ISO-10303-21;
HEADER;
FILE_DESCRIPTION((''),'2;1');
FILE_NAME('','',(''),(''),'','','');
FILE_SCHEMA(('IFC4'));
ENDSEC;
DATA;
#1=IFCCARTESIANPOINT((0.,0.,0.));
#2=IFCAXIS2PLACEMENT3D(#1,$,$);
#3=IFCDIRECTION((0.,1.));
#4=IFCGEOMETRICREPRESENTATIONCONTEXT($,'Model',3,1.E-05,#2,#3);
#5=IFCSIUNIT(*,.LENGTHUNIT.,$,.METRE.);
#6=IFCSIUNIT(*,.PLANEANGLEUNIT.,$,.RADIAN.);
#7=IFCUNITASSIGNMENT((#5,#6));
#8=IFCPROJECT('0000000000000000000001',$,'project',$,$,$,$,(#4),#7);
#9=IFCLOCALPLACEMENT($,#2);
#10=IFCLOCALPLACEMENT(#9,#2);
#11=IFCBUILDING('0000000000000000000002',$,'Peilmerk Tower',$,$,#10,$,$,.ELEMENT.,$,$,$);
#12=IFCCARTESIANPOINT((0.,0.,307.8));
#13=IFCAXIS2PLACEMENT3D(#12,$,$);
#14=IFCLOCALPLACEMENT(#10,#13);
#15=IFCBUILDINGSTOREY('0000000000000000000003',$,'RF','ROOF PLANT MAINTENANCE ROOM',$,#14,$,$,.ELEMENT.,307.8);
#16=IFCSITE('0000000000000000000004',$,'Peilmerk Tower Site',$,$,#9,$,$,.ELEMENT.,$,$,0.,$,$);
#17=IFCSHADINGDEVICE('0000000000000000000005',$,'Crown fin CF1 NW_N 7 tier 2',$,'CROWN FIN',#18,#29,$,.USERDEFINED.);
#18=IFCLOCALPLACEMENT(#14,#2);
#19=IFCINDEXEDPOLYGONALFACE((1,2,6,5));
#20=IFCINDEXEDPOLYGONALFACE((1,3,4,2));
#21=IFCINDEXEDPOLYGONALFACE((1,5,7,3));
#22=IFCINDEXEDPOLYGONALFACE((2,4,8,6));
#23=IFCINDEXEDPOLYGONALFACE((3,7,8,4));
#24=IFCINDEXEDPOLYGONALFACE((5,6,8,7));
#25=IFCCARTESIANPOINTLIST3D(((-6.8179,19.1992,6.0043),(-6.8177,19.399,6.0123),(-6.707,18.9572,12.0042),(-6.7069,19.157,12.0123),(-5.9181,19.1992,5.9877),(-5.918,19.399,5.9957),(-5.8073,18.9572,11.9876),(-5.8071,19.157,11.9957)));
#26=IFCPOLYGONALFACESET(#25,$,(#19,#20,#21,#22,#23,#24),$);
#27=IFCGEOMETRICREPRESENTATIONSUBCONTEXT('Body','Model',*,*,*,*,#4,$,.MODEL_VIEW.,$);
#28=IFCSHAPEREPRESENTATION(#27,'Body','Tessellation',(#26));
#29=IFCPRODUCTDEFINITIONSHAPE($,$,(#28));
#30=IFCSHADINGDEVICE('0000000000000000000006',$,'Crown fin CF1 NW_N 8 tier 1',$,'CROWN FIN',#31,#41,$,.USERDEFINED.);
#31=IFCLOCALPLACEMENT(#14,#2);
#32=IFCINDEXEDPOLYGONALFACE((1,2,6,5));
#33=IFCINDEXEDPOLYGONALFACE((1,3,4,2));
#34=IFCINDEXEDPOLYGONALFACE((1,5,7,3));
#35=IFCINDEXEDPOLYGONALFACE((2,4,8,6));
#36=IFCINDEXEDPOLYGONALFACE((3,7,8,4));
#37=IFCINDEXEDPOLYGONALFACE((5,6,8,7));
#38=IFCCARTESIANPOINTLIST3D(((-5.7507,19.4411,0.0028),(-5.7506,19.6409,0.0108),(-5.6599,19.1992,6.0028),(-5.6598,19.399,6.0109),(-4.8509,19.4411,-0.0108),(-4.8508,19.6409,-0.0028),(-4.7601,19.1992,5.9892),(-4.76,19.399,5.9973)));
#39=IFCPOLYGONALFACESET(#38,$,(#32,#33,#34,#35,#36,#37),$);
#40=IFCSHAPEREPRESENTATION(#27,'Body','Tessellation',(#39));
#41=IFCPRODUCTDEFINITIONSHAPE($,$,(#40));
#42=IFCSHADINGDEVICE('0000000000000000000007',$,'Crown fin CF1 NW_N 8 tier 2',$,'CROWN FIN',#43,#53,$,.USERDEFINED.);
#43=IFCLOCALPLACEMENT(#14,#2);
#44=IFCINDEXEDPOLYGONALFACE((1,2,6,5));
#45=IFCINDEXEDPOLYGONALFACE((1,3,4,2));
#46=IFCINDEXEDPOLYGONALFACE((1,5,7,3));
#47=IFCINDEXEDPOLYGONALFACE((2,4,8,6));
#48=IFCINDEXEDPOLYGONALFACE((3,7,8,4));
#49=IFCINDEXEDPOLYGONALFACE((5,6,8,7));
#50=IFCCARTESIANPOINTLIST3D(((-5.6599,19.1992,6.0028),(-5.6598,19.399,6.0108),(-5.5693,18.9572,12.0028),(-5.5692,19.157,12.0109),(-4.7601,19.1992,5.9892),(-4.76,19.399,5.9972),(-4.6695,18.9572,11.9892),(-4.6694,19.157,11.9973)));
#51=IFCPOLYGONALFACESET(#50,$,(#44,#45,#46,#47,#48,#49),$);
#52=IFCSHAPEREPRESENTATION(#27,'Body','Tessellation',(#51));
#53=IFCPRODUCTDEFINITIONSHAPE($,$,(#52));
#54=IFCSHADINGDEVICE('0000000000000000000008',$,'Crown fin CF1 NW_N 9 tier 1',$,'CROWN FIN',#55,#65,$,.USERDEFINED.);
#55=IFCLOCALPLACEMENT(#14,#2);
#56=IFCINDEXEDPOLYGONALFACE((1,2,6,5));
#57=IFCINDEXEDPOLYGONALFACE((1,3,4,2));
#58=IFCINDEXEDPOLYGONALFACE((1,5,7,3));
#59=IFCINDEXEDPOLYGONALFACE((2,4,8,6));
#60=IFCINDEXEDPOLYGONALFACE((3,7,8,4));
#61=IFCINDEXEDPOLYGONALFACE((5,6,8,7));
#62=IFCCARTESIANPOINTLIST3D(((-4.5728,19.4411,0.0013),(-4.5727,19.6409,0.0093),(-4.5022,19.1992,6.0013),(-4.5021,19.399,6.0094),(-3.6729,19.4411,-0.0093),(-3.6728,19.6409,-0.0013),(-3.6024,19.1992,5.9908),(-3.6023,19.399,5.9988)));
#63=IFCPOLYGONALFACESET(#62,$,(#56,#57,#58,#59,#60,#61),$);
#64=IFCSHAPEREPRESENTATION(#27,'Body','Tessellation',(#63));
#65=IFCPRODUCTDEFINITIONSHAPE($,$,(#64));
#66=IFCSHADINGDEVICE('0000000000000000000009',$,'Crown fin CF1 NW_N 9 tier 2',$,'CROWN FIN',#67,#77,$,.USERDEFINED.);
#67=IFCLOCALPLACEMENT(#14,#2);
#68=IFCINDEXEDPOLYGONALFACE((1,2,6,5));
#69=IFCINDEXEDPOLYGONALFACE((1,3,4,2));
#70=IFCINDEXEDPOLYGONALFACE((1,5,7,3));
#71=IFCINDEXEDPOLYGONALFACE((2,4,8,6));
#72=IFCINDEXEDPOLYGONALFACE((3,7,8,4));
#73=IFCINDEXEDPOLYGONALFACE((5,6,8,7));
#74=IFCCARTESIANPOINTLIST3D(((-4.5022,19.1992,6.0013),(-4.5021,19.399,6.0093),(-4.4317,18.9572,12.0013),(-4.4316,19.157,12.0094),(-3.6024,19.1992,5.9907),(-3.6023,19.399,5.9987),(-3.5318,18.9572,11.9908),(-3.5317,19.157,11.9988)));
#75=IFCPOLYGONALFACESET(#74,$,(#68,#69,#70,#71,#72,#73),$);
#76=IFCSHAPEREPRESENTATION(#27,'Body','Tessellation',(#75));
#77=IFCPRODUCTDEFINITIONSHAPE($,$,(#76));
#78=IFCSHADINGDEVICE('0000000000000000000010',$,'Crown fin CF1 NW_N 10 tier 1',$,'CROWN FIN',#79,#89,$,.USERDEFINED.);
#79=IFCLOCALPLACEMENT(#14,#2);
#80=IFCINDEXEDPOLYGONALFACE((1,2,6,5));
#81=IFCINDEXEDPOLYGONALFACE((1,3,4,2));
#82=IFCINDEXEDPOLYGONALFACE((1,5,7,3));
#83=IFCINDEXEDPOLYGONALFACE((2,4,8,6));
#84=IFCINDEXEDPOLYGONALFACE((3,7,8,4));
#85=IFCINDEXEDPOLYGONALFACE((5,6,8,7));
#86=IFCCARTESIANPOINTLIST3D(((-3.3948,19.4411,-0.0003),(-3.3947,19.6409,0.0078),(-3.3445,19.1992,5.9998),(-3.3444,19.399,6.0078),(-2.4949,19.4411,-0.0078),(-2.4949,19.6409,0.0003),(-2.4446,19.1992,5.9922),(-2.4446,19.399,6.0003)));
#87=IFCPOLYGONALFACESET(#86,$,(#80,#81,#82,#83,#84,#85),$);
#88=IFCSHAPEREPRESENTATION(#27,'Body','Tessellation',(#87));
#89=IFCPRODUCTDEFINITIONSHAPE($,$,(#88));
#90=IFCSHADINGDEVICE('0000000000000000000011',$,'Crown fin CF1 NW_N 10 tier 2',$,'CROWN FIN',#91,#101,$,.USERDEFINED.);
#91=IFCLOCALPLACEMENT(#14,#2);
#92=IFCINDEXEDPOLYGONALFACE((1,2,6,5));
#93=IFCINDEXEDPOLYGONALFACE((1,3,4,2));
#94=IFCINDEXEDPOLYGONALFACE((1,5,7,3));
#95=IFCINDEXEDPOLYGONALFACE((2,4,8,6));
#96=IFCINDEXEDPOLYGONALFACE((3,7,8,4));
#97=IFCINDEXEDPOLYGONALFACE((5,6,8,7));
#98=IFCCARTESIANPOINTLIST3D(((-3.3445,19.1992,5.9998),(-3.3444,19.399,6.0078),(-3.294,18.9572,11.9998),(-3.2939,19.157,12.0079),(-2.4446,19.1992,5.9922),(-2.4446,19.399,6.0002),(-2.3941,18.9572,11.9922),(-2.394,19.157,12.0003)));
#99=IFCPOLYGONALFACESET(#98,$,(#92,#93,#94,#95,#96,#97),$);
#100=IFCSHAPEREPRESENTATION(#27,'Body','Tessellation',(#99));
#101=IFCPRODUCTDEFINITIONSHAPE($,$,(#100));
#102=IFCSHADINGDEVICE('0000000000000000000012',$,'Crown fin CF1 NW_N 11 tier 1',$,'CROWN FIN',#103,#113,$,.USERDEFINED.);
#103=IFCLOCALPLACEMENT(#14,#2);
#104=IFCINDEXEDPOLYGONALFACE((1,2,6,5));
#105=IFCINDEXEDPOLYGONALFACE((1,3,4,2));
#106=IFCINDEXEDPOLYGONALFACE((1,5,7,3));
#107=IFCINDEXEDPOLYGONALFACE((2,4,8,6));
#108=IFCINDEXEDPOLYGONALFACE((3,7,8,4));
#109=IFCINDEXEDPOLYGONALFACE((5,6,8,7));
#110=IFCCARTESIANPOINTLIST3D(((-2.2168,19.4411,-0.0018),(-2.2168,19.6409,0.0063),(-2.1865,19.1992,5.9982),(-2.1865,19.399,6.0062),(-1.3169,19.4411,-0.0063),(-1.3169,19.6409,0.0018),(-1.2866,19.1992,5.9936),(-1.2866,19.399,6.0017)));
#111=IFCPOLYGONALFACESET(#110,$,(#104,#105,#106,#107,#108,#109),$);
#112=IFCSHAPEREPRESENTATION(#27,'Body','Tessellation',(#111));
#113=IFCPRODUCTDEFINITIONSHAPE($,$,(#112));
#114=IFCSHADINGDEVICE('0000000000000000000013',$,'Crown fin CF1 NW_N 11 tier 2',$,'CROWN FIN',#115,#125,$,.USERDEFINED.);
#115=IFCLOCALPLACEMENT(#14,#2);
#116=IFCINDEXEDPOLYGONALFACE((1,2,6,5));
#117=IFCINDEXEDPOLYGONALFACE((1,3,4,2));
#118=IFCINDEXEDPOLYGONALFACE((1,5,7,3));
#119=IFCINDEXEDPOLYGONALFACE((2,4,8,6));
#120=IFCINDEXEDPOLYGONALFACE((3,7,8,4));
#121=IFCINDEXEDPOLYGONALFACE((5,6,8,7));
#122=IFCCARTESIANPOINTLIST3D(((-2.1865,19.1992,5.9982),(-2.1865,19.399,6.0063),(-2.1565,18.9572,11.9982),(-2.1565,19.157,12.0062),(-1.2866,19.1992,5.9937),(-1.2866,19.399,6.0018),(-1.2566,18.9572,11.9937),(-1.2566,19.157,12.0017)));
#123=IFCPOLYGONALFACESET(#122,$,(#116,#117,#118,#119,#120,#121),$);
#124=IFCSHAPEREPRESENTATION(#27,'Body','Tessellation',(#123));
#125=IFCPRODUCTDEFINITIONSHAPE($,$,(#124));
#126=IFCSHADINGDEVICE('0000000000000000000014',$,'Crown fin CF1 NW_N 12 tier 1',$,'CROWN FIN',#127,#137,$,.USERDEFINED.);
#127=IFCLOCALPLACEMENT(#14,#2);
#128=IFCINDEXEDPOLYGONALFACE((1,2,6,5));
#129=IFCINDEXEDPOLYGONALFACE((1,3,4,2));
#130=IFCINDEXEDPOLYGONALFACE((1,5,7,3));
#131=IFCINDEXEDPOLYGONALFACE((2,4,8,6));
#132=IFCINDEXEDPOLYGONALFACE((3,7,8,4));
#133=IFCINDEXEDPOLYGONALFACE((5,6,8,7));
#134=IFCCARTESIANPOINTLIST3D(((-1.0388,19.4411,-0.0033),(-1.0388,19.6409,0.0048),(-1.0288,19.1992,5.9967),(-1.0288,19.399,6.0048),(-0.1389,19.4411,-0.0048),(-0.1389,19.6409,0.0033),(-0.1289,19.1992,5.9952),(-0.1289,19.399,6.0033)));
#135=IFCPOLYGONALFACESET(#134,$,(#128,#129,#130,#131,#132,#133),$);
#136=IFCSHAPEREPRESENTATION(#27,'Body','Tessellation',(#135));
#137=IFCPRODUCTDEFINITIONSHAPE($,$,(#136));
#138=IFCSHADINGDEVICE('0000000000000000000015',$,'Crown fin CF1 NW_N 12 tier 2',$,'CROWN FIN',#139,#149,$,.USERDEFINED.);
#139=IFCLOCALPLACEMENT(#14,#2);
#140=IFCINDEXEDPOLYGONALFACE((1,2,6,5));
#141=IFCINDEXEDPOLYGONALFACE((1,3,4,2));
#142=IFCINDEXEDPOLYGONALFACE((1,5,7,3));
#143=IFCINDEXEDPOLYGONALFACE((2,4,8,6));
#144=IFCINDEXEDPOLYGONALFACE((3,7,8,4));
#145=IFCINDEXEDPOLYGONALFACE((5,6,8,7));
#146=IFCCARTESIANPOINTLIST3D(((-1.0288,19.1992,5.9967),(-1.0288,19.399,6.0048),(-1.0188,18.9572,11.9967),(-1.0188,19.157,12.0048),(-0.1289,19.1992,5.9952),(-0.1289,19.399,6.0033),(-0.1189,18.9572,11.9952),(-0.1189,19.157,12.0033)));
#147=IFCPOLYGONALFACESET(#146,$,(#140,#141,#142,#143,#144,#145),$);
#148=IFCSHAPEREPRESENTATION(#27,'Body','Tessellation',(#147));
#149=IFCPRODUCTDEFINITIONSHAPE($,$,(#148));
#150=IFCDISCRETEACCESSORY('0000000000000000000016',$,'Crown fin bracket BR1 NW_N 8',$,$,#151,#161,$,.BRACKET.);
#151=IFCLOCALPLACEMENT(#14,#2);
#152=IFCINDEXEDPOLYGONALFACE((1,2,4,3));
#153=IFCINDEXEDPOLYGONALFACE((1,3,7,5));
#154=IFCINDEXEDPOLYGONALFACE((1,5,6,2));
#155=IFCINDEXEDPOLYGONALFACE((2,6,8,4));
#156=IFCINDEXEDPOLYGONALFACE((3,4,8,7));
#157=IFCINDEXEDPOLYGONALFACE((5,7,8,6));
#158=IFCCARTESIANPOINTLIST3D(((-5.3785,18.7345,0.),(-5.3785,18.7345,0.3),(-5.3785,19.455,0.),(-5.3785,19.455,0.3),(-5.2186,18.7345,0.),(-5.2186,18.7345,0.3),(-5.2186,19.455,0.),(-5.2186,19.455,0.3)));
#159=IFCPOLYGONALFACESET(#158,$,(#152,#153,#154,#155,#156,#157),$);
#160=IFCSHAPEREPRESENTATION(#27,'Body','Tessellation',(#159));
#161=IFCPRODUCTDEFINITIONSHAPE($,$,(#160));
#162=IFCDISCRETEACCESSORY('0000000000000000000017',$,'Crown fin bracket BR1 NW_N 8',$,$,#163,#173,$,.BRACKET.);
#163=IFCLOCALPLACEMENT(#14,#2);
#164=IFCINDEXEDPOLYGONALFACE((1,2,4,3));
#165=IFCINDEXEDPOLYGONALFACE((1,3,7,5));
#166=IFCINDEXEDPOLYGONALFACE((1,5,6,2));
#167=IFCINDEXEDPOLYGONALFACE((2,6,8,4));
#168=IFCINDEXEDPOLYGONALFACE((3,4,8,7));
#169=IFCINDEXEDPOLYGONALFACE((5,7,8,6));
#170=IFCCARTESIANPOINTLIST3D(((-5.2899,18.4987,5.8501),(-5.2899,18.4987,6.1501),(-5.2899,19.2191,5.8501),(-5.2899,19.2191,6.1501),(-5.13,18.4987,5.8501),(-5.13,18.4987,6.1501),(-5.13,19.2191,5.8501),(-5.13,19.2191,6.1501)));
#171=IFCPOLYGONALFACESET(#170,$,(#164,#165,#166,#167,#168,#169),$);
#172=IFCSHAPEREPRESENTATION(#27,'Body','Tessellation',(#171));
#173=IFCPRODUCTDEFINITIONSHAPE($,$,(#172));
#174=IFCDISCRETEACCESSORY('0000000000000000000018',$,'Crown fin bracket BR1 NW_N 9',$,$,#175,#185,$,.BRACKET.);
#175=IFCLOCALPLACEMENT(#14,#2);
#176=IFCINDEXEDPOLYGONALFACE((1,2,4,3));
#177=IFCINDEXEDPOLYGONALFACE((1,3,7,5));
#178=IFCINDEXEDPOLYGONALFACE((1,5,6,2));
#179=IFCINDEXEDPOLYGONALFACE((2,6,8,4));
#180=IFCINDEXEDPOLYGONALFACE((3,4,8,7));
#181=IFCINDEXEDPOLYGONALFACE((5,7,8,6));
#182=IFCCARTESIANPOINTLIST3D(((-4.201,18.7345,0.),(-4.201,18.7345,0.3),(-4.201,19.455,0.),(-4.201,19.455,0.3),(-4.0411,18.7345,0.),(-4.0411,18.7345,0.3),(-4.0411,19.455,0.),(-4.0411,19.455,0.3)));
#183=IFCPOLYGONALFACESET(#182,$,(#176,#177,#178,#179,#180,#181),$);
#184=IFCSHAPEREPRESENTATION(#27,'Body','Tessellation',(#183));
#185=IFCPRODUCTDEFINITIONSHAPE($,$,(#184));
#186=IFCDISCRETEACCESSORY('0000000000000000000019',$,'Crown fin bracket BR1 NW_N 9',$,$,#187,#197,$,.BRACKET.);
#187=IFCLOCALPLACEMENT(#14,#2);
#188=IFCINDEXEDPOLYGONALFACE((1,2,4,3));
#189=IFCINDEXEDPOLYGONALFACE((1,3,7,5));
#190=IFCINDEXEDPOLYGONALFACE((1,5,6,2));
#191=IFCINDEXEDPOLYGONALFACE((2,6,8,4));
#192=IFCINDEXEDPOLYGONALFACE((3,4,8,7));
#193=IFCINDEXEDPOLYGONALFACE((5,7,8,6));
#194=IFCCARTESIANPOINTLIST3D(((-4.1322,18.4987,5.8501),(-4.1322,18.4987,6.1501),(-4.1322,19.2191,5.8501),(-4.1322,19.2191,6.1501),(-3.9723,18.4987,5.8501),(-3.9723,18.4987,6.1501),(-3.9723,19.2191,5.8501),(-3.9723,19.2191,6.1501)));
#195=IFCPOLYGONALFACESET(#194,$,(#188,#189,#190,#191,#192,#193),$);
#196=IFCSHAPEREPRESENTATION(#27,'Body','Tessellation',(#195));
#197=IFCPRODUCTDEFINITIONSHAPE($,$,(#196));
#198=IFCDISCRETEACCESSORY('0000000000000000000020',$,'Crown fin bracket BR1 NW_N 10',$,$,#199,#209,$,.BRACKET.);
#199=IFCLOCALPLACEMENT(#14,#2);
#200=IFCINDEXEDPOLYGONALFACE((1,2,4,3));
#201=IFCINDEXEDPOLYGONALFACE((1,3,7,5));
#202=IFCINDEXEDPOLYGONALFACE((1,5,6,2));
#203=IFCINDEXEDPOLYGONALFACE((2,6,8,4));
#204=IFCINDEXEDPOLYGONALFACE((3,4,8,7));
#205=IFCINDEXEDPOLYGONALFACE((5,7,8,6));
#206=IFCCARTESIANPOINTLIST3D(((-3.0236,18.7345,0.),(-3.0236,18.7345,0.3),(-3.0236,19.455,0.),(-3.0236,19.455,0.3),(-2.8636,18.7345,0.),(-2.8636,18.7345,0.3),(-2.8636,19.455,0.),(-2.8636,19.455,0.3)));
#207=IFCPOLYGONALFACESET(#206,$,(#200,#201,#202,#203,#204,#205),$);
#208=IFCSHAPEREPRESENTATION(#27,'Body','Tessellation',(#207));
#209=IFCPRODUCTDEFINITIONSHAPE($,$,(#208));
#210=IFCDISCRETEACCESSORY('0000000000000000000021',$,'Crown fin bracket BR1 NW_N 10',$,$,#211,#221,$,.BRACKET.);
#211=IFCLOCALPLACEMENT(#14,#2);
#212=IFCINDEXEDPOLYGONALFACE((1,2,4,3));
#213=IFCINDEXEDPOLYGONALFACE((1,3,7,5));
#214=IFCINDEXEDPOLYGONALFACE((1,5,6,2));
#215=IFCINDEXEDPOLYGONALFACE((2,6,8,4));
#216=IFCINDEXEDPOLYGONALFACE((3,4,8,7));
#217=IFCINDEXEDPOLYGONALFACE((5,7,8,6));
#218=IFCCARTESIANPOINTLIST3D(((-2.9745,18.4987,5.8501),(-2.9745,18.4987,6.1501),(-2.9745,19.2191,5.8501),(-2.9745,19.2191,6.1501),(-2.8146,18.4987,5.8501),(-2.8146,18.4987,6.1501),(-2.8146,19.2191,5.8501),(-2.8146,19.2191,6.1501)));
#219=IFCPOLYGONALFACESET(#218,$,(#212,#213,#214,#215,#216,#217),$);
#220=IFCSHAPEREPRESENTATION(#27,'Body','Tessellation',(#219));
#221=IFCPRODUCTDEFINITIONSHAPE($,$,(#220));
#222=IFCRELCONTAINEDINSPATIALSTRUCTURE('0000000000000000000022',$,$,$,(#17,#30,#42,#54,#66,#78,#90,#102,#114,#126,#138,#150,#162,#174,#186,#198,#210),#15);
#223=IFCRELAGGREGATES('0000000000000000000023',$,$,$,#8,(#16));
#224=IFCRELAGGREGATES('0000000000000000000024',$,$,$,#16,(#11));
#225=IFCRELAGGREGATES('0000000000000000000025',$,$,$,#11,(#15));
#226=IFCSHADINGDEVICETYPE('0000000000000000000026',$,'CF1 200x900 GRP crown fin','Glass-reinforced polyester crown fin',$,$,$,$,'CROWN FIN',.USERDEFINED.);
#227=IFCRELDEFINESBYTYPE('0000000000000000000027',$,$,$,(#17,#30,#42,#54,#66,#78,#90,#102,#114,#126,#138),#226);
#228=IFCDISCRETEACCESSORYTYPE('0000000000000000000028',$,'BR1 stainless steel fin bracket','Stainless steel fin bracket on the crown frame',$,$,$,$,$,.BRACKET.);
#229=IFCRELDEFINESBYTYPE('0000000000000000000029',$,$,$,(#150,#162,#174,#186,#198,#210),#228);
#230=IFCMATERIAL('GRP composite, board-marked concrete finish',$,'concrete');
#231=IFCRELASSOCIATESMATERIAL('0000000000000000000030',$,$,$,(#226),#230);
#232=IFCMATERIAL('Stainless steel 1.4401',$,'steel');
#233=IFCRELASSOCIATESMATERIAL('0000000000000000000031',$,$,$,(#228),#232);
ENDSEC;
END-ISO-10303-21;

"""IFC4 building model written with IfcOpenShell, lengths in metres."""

from ifc_helpers import new_model, si_unit, direction, frame, origin, origin_2d, place, context, subcontext, project, spatial, rectangle, extrude, source, transform, mapped, material, material_profile, profile_set, type_object, element, save


model = new_model("IFC4")

# Units and contexts
model_context = context("Model", 3, precision=1e-05, world=origin(), true_north=direction((0.0, 1.0)))
body_context = subcontext(model_context, "Body", "Model", "MODEL_VIEW")
ifc_project = project(units=[si_unit("LENGTHUNIT", "METRE"), si_unit("PLANEANGLEUNIT", "RADIAN")], contexts=[model_context])

# Site, building, storey
site_placement = place(None, origin())
site = spatial("IfcSite", under=ifc_project, at=site_placement, Name="Peilmerk Tower Site", CompositionType="ELEMENT", RefElevation=0.0)
building_placement = place(site_placement, origin())
building = spatial("IfcBuilding", under=site, at=building_placement, Name="Peilmerk Tower", CompositionType="ELEMENT")
storey_placement = place(building_placement, frame((0.0, 0.0, 307.8)))
storey = spatial("IfcBuildingStorey", under=building, at=storey_placement, Name="RF", Description="ROOF PLANT MAINTENANCE ROOM", CompositionType="ELEMENT", Elevation=307.8)

# Shading devices
ifc_material_1 = material(Name="GRP composite, board-marked concrete finish", Category="concrete")
ifc_material_profile = material_profile(ifc_material_1, rectangle(XDim=0.2, YDim=0.8999, at=origin_2d()), Name="CF1 200x900")
ifc_profile_set = profile_set([ifc_material_profile], Name="GRP composite, board-marked concrete finish")
shading_device_type = type_object("IfcShadingDeviceType", Name="CF1 200x900 GRP crown fin", Description="Glass-reinforced polyester crown fin", ElementType="CROWN FIN", PredefinedType="USERDEFINED", material=ifc_profile_set)
shared_shape_1 = source(origin(), body_context, "Body", "SweptSolid", [
    extrude(rectangle(XDim=0.2, YDim=0.8999, at=origin_2d()), origin(), (0.0, 0.0, 1.0), 6.0059),
])
shading_device_placement = place(storey_placement, frame((-6.3679, 19.2991, 6.0), z_axis=(0.018455, -0.040284, 0.999018), x_axis=(0.000744, 0.999188, 0.040277)))
element("IfcShadingDevice", 1, at=shading_device_placement, inside=storey, type_object=shading_device_type, Name="Crown fin CF1 NW_N 7 tier 2", ObjectType="CROWN FIN", PredefinedType="USERDEFINED", context=body_context, shape_type="MappedRepresentation", body=[
    mapped(shared_shape_1, transform((0.0, 0.0, 0.0), scale=1.0)),
])
shared_shape_2 = source(origin(), body_context, "Body", "SweptSolid", [
    extrude(rectangle(XDim=0.2, YDim=0.8999, at=origin_2d()), origin(), (0.0, 0.0, 1.0), 6.0056),
])
for number, where, z_axis, x_axis, name in (
    (2, (-5.3008, 19.541, 0.0), (0.015123, -0.040287, 0.999074), (0.00061, 0.999188, 0.040282), "Crown fin CF1 NW_N 8 tier 1"),
    (3, (-5.21, 19.2991, 6.0), (0.015082, -0.040287, 0.999074), (0.000608, 0.999188, 0.040282), "Crown fin CF1 NW_N 8 tier 2"),
):
    element("IfcShadingDevice", number, at=place(storey_placement, frame(where, z_axis=z_axis, x_axis=x_axis)), inside=storey, type_object=shading_device_type, Name=name, ObjectType="CROWN FIN", PredefinedType="USERDEFINED", context=body_context, shape_type="MappedRepresentation", body=[
        mapped(shared_shape_2, transform((0.0, 0.0, 0.0), scale=1.0)),
    ])
shared_shape_3 = source(origin(), body_context, "Body", "SweptSolid", [
    extrude(rectangle(XDim=0.2, YDim=0.8999, at=origin_2d()), origin(), (0.0, 0.0, 1.0), 6.0054),
])
for number, where, z_axis, x_axis, name in (
    (4, (-4.1228, 19.541, 0.0), (0.011749, -0.040288, 0.999119), (0.000474, 0.999188, 0.040286), "Crown fin CF1 NW_N 9 tier 1"),
    (5, (-4.0522, 19.2991, 6.0), (0.011749, -0.040288, 0.999119), (0.000474, 0.999188, 0.040286), "Crown fin CF1 NW_N 9 tier 2"),
):
    element("IfcShadingDevice", number, at=place(storey_placement, frame(where, z_axis=z_axis, x_axis=x_axis)), inside=storey, type_object=shading_device_type, Name=name, ObjectType="CROWN FIN", PredefinedType="USERDEFINED", context=body_context, shape_type="MappedRepresentation", body=[
        mapped(shared_shape_3, transform((0.0, 0.0, 0.0), scale=1.0)),
    ])
shared_shape_4 = source(origin(), body_context, "Body", "SweptSolid", [
    extrude(rectangle(XDim=0.2, YDim=0.8999, at=origin_2d()), origin(), (0.0, 0.0, 1.0), 6.0051),
])
for number, where, z_axis, x_axis, name in (
    (6, (-2.9448, 19.541, 0.0), (0.008375, -0.04029, 0.999153), (0.000338, 0.999188, 0.040288), "Crown fin CF1 NW_N 10 tier 1"),
    (7, (-2.8945, 19.2991, 6.0), (0.008416, -0.04029, 0.999153), (0.000339, 0.999188, 0.040288), "Crown fin CF1 NW_N 10 tier 2"),
):
    element("IfcShadingDevice", number, at=place(storey_placement, frame(where, z_axis=z_axis, x_axis=x_axis)), inside=storey, type_object=shading_device_type, Name=name, ObjectType="CROWN FIN", PredefinedType="USERDEFINED", context=body_context, shape_type="MappedRepresentation", body=[
        mapped(shared_shape_4, transform((0.0, 0.0, 0.0), scale=1.0)),
    ])
shared_shape_5 = source(origin(), body_context, "Body", "SweptSolid", [
    extrude(rectangle(XDim=0.2, YDim=0.8999, at=origin_2d()), origin(), (0.0, 0.0, 1.0), 6.0049),
])
for number, where, z_axis, x_axis, name in (
    (8, (-1.7668, 19.541, 0.0), (0.005041, -0.040291, 0.999175), (0.000203, 0.999188, 0.04029), "Crown fin CF1 NW_N 11 tier 1"),
    (9, (-1.7366, 19.2991, 6.0), (0.005001, -0.040291, 0.999175), (0.000202, 0.999188, 0.04029), "Crown fin CF1 NW_N 11 tier 2"),
    (10, (-0.5889, 19.541, 0.0), (0.001667, -0.040291, 0.999187), (0.000067, 0.999188, 0.040291), "Crown fin CF1 NW_N 12 tier 1"),
    (11, (-0.5789, 19.2991, 6.0), (0.001667, -0.040291, 0.999187), (0.000067, 0.999188, 0.040291), "Crown fin CF1 NW_N 12 tier 2"),
):
    element("IfcShadingDevice", number, at=place(storey_placement, frame(where, z_axis=z_axis, x_axis=x_axis)), inside=storey, type_object=shading_device_type, Name=name, ObjectType="CROWN FIN", PredefinedType="USERDEFINED", context=body_context, shape_type="MappedRepresentation", body=[
        mapped(shared_shape_5, transform((0.0, 0.0, 0.0), scale=1.0)),
    ])

# Discrete accessories
ifc_material_2 = material(Name="Stainless steel 1.4401", Category="steel")
discrete_accessory_type = type_object("IfcDiscreteAccessoryType", Name="BR1 stainless steel fin bracket", Description="Stainless steel fin bracket on the crown frame", PredefinedType="BRACKET", material=ifc_material_2)
shared_shape_6 = source(origin(), body_context, "Body", "SweptSolid", [
    extrude(rectangle(XDim=0.7205, YDim=0.1599, at=origin_2d()), origin(), (0.0, 0.0, 1.0), 0.3),
])
for number, where, z_axis, x_axis, name in (
    (12, (-5.2986, 19.0947, 0.0), (0.0, 0.0, 1.0), (0.0, 1.0, 0.0), "Crown fin bracket BR1 NW_N 8"),
    (13, (-5.21, 18.8589, 5.8501), (0.0, 0.0, 1.0), (0.0, 1.0, 0.0), "Crown fin bracket BR1 NW_N 8"),
    (14, (-4.1211, 19.0947, 0.0), (0.0, 0.0, 1.0), (0.0, 1.0, 0.0), "Crown fin bracket BR1 NW_N 9"),
    (15, (-4.0522, 18.8589, 5.8501), (0.0, 0.0, 1.0), (0.0, 1.0, 0.0), "Crown fin bracket BR1 NW_N 9"),
    (16, (-2.9436, 19.0947, 0.0), (0.0, 0.0, 1.0), (0.0, 1.0, 0.0), "Crown fin bracket BR1 NW_N 10"),
    (17, (-2.8945, 18.8589, 5.8501), (0.0, 0.0, 1.0), (0.0, 1.0, 0.0), "Crown fin bracket BR1 NW_N 10"),
):
    element("IfcDiscreteAccessory", number, at=place(storey_placement, frame(where, z_axis=z_axis, x_axis=x_axis)), inside=storey, type_object=discrete_accessory_type, Name=name, PredefinedType="BRACKET", context=body_context, shape_type="MappedRepresentation", body=[
        mapped(shared_shape_6, transform((0.0, 0.0, 0.0), scale=1.0)),
    ])

save(model, "model.ifc")
